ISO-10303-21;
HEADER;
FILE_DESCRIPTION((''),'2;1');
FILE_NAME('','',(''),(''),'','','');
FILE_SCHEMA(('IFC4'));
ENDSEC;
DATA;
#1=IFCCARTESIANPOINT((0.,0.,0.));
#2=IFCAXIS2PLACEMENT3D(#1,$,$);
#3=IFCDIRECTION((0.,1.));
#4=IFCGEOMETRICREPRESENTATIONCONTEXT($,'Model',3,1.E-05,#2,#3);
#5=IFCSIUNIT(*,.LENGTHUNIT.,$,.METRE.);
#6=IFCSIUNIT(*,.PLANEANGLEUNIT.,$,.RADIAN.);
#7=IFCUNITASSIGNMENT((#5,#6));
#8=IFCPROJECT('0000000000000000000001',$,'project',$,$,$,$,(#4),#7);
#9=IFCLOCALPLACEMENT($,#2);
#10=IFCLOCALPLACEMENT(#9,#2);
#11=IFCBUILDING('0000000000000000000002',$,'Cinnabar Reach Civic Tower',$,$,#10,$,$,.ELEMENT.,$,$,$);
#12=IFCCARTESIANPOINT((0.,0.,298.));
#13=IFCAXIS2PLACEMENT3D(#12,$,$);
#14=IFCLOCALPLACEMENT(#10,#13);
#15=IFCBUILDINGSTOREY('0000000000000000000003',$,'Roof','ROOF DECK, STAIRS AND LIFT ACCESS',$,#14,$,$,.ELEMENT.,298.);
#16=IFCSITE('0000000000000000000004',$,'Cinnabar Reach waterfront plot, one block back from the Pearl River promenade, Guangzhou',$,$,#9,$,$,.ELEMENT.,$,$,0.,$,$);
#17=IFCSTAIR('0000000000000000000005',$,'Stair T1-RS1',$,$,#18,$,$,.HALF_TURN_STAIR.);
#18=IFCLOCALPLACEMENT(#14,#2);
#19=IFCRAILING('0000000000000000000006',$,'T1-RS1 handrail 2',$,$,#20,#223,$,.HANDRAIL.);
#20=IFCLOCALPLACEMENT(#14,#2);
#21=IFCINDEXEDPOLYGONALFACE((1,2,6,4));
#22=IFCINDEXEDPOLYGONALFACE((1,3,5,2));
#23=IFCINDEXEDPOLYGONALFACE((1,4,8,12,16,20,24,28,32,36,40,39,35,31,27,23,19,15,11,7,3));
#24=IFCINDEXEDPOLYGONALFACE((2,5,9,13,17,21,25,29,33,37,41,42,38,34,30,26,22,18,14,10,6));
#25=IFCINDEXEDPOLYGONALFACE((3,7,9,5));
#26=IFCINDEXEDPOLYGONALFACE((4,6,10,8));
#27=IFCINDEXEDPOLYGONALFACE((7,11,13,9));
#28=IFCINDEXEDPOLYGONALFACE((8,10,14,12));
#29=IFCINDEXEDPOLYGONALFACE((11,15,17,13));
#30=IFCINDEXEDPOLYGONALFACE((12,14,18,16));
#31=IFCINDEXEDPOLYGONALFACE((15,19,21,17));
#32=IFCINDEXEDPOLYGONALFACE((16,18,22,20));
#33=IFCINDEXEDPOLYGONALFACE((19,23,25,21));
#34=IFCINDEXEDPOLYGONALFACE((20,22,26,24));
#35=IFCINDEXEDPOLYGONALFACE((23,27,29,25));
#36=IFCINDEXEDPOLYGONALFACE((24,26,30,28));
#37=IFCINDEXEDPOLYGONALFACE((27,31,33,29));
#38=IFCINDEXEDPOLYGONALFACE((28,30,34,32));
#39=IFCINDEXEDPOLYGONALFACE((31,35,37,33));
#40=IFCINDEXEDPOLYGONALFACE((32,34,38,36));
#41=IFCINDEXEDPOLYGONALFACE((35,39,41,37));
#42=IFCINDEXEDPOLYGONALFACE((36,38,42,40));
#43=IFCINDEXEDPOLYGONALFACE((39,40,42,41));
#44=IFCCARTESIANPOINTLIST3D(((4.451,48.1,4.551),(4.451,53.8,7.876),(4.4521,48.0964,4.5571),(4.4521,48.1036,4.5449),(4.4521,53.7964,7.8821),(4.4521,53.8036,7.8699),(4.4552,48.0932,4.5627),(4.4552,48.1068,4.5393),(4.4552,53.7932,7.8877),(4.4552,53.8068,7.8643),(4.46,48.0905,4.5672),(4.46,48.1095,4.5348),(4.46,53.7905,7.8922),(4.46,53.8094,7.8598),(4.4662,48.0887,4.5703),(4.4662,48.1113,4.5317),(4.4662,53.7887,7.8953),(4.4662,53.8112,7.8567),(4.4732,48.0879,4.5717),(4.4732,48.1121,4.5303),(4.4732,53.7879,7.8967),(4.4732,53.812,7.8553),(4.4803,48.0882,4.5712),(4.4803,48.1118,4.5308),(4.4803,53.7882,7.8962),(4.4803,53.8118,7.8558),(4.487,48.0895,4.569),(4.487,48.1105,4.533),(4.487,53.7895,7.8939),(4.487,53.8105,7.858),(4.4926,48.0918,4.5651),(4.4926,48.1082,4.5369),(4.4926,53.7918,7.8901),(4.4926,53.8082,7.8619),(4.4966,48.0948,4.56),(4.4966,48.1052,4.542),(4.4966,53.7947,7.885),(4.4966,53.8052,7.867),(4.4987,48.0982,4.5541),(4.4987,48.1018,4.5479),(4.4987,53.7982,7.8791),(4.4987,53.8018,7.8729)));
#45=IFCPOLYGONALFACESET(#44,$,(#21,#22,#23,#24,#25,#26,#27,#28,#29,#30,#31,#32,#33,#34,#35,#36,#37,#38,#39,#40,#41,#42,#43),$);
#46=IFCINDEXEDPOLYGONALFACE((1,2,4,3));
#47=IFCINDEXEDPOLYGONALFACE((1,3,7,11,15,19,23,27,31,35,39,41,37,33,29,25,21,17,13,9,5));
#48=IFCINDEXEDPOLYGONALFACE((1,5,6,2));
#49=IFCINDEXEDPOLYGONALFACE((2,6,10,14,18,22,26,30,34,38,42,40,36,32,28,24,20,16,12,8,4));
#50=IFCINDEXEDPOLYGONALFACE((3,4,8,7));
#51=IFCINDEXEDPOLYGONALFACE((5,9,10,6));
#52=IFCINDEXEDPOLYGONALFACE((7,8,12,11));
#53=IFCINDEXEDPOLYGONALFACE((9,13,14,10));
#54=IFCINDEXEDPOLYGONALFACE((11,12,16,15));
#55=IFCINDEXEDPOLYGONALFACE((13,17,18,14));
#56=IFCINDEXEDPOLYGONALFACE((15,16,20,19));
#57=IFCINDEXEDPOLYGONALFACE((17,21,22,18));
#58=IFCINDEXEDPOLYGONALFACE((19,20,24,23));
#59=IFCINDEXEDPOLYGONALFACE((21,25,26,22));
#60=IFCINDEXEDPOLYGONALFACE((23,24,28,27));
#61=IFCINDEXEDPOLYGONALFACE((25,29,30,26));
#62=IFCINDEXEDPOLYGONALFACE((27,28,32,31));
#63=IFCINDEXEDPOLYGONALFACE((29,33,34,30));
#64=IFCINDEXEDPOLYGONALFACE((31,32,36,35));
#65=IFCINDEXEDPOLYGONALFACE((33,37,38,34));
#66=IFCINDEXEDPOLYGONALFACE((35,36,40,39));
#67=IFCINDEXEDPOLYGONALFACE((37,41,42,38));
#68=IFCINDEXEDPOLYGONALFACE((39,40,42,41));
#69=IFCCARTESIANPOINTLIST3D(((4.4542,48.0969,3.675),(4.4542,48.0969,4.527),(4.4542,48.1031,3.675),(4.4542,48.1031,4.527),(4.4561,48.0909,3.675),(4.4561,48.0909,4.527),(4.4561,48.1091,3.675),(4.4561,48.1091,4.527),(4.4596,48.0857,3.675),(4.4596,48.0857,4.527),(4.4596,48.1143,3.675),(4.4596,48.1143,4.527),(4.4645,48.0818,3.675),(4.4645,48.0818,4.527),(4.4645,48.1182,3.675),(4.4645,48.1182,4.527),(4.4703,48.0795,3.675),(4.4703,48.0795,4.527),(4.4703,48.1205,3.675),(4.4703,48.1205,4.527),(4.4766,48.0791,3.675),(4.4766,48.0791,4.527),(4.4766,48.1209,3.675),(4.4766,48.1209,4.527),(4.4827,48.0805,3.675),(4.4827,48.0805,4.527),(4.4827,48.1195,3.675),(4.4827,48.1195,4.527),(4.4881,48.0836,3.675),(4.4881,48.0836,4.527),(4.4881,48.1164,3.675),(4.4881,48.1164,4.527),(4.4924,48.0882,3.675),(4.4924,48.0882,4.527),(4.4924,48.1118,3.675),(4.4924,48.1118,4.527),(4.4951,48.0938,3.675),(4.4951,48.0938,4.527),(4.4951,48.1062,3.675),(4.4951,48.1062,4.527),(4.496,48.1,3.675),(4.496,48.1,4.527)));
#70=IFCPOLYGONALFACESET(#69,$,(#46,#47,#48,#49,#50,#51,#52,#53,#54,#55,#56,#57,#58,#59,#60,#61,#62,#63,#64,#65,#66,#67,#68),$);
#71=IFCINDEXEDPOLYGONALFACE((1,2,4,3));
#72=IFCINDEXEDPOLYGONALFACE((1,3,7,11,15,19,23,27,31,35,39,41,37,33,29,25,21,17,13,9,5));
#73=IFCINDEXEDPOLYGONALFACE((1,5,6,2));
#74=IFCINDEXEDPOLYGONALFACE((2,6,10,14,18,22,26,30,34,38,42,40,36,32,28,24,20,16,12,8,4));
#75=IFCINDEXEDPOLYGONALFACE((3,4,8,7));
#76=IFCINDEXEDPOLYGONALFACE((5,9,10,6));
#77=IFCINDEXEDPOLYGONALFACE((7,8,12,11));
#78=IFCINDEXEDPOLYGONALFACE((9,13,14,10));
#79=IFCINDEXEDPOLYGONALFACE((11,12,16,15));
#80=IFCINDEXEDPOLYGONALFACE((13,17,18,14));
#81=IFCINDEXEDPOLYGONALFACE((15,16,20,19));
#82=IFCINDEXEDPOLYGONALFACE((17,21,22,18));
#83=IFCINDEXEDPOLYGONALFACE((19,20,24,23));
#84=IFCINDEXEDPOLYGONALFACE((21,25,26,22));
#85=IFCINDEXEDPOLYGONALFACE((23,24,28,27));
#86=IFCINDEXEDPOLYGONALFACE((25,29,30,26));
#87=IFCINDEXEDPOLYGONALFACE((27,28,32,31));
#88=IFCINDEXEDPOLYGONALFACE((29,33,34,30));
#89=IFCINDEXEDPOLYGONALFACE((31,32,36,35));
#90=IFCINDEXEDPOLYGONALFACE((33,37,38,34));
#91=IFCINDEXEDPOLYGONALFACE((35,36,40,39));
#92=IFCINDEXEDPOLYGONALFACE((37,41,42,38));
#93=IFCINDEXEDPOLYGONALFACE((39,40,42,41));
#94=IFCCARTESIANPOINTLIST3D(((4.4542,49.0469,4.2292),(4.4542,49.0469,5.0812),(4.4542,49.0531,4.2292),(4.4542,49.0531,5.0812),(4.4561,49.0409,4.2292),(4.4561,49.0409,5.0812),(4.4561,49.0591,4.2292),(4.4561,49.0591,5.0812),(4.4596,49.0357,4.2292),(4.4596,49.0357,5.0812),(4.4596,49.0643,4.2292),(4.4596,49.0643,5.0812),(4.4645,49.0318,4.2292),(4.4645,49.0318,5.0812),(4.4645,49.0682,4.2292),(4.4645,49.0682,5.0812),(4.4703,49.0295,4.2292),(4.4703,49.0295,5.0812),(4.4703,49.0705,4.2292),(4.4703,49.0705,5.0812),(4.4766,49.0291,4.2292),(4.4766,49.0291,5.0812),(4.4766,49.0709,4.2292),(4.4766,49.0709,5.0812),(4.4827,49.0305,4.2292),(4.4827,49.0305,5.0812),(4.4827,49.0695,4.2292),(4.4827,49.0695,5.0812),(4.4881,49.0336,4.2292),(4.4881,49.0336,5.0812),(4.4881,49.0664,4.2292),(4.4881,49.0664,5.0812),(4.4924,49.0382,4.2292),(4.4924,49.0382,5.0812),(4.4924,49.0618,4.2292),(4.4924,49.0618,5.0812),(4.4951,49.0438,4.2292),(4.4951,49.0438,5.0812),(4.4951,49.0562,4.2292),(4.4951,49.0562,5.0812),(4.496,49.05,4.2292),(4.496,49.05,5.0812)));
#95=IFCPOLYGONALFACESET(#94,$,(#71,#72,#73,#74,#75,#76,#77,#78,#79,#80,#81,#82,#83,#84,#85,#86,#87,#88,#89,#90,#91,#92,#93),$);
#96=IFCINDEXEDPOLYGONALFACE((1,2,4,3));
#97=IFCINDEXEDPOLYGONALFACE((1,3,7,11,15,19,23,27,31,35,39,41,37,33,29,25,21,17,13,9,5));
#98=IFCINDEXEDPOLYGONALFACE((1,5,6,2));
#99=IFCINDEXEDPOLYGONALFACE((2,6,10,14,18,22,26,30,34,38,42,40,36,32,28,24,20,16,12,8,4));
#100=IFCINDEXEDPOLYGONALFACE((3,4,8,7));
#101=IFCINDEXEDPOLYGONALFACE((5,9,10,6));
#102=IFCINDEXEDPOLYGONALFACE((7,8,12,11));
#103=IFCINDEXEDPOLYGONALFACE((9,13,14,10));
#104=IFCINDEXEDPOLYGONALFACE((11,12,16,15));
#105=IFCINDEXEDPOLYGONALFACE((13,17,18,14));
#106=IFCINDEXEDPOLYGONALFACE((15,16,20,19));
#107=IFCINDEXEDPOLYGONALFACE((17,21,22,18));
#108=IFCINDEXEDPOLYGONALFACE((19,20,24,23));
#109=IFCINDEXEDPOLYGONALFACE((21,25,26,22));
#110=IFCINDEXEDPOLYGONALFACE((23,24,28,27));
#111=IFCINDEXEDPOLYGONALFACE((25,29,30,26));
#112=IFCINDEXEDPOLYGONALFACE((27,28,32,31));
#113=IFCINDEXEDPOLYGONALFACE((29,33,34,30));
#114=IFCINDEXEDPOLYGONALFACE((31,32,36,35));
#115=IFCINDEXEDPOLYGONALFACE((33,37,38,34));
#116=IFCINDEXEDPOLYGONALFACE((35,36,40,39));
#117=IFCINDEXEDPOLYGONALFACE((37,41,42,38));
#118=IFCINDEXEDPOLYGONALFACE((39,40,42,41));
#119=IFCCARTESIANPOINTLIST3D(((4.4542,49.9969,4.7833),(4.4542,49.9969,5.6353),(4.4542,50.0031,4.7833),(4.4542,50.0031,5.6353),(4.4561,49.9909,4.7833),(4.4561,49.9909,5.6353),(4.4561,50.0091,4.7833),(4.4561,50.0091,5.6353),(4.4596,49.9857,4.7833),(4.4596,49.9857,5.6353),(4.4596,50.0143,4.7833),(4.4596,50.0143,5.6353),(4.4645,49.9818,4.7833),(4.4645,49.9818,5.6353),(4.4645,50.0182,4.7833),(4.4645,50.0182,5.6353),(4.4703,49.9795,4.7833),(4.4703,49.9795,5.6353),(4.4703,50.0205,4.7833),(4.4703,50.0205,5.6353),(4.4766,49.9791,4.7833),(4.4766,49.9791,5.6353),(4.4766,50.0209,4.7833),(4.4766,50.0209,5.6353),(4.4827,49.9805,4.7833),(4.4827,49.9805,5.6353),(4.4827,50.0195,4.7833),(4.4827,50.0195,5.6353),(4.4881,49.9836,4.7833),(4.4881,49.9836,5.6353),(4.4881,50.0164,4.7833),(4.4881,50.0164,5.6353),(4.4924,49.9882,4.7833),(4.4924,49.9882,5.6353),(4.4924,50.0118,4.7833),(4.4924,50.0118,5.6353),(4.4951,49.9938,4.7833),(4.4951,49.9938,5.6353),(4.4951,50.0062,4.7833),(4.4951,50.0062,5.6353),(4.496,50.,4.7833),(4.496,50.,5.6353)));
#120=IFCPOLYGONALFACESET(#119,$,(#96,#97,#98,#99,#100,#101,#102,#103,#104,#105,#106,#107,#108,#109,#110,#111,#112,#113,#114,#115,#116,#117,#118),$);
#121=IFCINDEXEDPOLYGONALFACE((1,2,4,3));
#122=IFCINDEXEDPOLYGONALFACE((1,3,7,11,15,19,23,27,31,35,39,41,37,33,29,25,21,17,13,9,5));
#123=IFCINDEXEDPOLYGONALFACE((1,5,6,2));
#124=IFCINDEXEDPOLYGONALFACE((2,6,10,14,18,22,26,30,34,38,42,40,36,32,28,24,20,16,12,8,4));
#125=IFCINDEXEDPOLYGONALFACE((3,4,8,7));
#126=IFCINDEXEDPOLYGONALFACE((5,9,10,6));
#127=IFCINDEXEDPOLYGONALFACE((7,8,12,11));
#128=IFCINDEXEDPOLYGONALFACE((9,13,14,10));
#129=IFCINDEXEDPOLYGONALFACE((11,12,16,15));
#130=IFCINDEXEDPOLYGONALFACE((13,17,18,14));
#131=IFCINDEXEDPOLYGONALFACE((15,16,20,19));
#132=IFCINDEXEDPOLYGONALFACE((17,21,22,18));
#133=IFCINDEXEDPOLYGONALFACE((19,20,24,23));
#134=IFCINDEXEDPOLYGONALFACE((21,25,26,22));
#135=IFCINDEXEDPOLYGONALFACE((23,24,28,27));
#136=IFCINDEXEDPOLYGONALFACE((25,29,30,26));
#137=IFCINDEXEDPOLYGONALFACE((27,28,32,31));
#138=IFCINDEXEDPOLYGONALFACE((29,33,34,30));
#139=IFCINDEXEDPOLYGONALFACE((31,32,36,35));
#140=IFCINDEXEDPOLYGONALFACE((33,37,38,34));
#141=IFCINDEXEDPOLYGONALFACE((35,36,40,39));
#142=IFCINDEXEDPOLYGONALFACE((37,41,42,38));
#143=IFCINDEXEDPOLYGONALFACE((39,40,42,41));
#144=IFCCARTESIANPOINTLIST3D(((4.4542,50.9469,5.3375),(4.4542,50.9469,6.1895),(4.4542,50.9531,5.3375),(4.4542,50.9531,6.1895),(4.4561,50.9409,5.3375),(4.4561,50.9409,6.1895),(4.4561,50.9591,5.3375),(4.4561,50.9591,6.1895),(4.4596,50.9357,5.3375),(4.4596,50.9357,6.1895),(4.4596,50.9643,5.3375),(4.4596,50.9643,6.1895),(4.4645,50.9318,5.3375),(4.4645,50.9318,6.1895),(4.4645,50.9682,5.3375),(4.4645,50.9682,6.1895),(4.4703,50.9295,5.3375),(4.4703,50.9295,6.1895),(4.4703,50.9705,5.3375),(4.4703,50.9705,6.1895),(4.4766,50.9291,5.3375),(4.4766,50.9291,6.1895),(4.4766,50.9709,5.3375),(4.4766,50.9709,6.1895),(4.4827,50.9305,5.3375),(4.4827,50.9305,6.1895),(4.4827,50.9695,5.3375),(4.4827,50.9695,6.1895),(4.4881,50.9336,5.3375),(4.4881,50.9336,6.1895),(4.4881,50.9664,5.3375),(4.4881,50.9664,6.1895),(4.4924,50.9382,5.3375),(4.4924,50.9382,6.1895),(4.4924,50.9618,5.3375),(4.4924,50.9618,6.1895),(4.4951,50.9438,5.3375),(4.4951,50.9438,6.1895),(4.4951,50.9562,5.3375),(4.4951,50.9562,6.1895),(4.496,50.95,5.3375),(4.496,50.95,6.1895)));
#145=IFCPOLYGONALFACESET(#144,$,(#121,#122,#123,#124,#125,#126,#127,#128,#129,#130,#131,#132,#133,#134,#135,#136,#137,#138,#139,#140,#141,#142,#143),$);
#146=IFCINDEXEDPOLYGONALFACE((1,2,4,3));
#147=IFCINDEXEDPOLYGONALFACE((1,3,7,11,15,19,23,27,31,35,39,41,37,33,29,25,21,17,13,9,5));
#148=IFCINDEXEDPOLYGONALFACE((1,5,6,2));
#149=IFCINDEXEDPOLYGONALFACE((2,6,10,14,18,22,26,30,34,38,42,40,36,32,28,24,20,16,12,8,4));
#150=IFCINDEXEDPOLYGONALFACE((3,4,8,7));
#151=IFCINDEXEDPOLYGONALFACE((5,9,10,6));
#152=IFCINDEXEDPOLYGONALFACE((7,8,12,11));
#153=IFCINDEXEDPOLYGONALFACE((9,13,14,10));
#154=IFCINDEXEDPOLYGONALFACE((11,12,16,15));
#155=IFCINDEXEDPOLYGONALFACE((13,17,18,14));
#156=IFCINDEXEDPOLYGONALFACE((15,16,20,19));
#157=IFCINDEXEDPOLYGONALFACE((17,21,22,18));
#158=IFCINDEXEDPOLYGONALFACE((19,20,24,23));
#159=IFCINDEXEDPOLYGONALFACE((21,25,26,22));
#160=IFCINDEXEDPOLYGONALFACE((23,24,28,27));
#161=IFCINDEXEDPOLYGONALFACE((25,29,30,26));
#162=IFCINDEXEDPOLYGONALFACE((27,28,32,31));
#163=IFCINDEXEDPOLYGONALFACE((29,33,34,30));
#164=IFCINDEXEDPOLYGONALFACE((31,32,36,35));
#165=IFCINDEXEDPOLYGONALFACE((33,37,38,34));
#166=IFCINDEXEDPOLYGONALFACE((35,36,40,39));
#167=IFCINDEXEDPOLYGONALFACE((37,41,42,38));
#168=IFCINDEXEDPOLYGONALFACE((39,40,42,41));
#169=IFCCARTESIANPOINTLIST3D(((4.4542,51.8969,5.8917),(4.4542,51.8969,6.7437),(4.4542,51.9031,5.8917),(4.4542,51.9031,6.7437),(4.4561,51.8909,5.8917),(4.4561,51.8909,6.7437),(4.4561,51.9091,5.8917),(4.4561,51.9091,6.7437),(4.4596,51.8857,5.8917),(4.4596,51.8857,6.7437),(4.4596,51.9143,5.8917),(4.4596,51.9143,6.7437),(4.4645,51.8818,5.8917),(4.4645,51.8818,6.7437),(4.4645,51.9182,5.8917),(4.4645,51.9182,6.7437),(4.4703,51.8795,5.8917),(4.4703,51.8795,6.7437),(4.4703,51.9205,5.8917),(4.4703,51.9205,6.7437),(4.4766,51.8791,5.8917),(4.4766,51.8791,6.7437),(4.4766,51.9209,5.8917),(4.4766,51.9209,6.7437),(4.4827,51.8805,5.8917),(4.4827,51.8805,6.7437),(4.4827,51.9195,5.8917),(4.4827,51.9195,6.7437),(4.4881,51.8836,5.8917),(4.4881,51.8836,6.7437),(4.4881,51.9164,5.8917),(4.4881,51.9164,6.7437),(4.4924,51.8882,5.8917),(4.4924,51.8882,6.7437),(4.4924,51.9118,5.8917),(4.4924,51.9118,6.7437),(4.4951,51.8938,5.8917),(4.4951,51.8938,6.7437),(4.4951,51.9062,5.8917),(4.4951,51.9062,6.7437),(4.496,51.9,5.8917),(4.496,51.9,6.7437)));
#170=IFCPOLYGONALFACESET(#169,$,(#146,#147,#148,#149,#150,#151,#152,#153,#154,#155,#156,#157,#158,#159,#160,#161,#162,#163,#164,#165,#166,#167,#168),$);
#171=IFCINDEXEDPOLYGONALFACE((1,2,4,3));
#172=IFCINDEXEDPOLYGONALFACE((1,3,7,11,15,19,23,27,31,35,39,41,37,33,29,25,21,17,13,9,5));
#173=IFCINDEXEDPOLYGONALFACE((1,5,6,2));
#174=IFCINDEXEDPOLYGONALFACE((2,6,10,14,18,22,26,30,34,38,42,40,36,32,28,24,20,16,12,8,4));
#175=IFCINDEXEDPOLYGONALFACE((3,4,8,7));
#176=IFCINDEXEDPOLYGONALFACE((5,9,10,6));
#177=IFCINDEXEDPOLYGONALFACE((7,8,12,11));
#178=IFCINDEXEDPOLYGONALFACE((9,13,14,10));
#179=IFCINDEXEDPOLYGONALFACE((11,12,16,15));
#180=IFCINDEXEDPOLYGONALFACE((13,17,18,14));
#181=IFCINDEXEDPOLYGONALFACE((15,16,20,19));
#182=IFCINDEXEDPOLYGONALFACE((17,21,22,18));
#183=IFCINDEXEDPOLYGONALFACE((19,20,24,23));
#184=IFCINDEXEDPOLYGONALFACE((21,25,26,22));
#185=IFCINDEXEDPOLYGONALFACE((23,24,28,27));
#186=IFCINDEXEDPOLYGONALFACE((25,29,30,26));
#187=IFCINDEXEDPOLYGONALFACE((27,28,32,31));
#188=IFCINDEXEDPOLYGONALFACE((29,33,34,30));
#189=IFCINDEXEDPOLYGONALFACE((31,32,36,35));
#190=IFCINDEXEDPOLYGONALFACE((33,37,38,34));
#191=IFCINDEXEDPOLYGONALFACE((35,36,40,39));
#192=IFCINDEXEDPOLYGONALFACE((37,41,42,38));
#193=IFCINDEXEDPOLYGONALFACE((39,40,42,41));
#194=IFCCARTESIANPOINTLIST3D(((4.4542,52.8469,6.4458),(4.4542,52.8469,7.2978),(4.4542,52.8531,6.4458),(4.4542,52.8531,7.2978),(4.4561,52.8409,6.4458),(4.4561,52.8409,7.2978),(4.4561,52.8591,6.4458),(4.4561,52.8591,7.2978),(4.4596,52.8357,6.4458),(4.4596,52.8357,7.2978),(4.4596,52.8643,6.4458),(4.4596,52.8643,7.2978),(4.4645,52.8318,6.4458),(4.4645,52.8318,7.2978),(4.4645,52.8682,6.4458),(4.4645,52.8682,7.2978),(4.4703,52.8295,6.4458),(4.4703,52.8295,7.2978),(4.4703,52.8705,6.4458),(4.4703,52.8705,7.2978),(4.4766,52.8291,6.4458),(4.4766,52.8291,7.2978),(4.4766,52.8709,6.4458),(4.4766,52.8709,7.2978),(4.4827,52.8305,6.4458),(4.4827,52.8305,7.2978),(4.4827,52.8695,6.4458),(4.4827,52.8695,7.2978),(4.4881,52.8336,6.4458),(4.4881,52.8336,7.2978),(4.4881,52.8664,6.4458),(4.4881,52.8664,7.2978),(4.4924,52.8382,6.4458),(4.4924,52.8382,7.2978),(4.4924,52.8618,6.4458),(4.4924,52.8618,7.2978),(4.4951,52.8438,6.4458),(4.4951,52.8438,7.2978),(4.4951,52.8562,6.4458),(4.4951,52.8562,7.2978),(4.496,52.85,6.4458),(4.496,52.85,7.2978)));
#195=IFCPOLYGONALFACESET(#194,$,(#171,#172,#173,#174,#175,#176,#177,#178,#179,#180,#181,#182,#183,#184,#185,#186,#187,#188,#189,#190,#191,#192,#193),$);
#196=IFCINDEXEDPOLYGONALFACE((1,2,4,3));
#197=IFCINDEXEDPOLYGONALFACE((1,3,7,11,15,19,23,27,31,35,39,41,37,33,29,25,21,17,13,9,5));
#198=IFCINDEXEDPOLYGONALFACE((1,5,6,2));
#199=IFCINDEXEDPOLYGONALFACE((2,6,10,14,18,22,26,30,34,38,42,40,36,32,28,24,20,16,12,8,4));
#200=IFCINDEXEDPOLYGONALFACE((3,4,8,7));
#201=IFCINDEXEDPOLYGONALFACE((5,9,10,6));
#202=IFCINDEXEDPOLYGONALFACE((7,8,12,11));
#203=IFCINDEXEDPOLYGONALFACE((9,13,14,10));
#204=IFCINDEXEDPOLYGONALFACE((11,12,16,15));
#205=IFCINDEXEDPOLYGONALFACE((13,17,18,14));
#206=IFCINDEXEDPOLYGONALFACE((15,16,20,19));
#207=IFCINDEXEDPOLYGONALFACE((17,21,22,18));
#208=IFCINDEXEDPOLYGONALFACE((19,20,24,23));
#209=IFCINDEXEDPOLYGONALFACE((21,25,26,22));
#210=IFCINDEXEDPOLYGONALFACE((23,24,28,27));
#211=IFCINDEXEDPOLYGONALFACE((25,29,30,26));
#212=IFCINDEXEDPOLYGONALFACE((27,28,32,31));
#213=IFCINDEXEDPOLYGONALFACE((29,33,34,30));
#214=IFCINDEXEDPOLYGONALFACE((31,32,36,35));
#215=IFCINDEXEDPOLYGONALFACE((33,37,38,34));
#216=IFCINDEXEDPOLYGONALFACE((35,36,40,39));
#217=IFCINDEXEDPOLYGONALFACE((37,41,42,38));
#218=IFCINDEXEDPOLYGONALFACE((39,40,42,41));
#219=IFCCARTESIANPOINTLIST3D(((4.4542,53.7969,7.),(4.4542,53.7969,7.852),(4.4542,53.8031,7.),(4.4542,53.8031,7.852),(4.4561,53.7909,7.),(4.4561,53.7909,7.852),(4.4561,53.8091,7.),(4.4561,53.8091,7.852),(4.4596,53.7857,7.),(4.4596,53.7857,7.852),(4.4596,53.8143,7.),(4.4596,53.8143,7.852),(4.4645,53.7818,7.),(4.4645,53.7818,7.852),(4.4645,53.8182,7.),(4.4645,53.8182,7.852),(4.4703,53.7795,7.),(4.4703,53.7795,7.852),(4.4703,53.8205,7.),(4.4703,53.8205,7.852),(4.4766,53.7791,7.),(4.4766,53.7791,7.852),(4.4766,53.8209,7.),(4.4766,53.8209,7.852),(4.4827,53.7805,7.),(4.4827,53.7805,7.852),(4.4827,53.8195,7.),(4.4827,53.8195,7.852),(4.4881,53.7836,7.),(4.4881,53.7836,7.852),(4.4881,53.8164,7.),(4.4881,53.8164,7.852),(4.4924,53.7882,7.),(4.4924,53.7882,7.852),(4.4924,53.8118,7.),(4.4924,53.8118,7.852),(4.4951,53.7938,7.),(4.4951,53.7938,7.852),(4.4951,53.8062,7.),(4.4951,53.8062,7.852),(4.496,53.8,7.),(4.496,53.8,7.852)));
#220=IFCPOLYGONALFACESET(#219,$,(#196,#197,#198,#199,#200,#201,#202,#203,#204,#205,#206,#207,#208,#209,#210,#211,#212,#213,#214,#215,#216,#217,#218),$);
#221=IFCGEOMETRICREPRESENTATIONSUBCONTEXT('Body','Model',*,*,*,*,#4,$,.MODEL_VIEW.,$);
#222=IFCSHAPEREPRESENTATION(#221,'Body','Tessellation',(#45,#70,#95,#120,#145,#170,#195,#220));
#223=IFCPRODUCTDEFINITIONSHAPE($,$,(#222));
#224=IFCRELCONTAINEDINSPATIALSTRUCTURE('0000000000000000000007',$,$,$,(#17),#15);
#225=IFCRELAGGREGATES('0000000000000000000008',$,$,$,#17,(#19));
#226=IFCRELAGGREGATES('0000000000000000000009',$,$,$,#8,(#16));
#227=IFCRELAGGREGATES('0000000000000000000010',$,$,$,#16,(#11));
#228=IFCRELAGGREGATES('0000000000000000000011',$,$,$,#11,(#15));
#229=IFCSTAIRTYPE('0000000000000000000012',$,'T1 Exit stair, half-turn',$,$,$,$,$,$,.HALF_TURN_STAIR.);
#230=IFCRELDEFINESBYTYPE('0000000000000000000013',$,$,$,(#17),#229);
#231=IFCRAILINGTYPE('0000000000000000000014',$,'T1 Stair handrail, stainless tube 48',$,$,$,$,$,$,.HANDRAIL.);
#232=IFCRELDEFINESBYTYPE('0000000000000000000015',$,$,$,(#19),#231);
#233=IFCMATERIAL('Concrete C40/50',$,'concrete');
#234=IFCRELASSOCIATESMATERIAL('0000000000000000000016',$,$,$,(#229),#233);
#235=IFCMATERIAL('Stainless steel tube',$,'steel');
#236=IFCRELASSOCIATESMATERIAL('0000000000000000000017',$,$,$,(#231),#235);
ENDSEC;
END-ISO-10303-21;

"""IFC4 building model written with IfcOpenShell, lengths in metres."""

from ifc_helpers import new_model, si_unit, direction, frame, origin, origin_2d, place, context, subcontext, project, spatial, circle, extrude, material, type_object, element, aggregate, save


model = new_model("IFC4")

# Units and contexts
model_context = context("Model", 3, precision=1e-05, world=origin(), true_north=direction((0.0, 1.0)))
body_context = subcontext(model_context, "Body", "Model", "MODEL_VIEW")
ifc_project = project(units=[si_unit("LENGTHUNIT", "METRE"), si_unit("PLANEANGLEUNIT", "RADIAN")], contexts=[model_context])

# Site, building, storey
site_placement = place(None, origin())
site = spatial("IfcSite", under=ifc_project, at=site_placement, Name="Cinnabar Reach waterfront plot, one block back from the Pearl River promenade, Guangzhou", CompositionType="ELEMENT", RefElevation=0.0)
building_placement = place(site_placement, origin())
building = spatial("IfcBuilding", under=site, at=building_placement, Name="Cinnabar Reach Civic Tower", CompositionType="ELEMENT")
storey_placement = place(building_placement, frame((0.0, 0.0, 298.0)))
storey = spatial("IfcBuildingStorey", under=building, at=storey_placement, Name="Roof", Description="ROOF DECK, STAIRS AND LIFT ACCESS", CompositionType="ELEMENT", Elevation=298.0)

# Stair
ifc_material_1 = material(Name="Concrete C40/50", Category="concrete")
stair_type = type_object("IfcStairType", Name="T1 Exit stair, half-turn", PredefinedType="HALF_TURN_STAIR", material=ifc_material_1)
stair_placement = place(storey_placement, origin())
stair = element("IfcStair", 1, at=stair_placement, inside=storey, type_object=stair_type, Name="Stair T1-RS1", PredefinedType="HALF_TURN_STAIR")

# Railing
ifc_material_2 = material(Name="Stainless steel tube", Category="steel")
railing_type_1 = type_object("IfcRailingType", Name="T1 Stair handrail, stainless tube 48", PredefinedType="HANDRAIL", material=ifc_material_2)
railing_1_placement = place(storey_placement, frame((4.475, 48.1, 3.675)))
railing_1 = element("IfcRailing", 2, at=railing_1_placement, type_object=railing_type_1, Name="T1-RS1 handrail 2", PredefinedType="HANDRAIL", context=body_context, shape_type="SweptSolid", body=[
    extrude(circle(Radius=0.024, at=origin_2d()), frame((0.0, 0.0, 0.876), z_axis=(0.0, 0.863779, 0.503871), x_axis=(-1.0, 0.0, 0.0)), (0.0, 0.0, 1.0), 6.5989),
    extrude(circle(Radius=0.021, at=origin_2d()), origin(), (0.0, 0.0, 1.0), 0.852),
    extrude(circle(Radius=0.021, at=origin_2d()), frame((0.0, 0.95, 0.5542)), (0.0, 0.0, 1.0), 0.852),
    extrude(circle(Radius=0.021, at=origin_2d()), frame((0.0, 1.9, 1.1083)), (0.0, 0.0, 1.0), 0.852),
    extrude(circle(Radius=0.021, at=origin_2d()), frame((0.0, 2.85, 1.6625)), (0.0, 0.0, 1.0), 0.852),
    extrude(circle(Radius=0.021, at=origin_2d()), frame((0.0, 3.8, 2.2167)), (0.0, 0.0, 1.0), 0.852),
    extrude(circle(Radius=0.021, at=origin_2d()), frame((0.0, 4.75, 2.7708)), (0.0, 0.0, 1.0), 0.852),
    extrude(circle(Radius=0.021, at=origin_2d()), frame((0.0, 5.7, 3.325)), (0.0, 0.0, 1.0), 0.852),
])
aggregate(stair, [railing_1])

save(model, "model.ifc")
